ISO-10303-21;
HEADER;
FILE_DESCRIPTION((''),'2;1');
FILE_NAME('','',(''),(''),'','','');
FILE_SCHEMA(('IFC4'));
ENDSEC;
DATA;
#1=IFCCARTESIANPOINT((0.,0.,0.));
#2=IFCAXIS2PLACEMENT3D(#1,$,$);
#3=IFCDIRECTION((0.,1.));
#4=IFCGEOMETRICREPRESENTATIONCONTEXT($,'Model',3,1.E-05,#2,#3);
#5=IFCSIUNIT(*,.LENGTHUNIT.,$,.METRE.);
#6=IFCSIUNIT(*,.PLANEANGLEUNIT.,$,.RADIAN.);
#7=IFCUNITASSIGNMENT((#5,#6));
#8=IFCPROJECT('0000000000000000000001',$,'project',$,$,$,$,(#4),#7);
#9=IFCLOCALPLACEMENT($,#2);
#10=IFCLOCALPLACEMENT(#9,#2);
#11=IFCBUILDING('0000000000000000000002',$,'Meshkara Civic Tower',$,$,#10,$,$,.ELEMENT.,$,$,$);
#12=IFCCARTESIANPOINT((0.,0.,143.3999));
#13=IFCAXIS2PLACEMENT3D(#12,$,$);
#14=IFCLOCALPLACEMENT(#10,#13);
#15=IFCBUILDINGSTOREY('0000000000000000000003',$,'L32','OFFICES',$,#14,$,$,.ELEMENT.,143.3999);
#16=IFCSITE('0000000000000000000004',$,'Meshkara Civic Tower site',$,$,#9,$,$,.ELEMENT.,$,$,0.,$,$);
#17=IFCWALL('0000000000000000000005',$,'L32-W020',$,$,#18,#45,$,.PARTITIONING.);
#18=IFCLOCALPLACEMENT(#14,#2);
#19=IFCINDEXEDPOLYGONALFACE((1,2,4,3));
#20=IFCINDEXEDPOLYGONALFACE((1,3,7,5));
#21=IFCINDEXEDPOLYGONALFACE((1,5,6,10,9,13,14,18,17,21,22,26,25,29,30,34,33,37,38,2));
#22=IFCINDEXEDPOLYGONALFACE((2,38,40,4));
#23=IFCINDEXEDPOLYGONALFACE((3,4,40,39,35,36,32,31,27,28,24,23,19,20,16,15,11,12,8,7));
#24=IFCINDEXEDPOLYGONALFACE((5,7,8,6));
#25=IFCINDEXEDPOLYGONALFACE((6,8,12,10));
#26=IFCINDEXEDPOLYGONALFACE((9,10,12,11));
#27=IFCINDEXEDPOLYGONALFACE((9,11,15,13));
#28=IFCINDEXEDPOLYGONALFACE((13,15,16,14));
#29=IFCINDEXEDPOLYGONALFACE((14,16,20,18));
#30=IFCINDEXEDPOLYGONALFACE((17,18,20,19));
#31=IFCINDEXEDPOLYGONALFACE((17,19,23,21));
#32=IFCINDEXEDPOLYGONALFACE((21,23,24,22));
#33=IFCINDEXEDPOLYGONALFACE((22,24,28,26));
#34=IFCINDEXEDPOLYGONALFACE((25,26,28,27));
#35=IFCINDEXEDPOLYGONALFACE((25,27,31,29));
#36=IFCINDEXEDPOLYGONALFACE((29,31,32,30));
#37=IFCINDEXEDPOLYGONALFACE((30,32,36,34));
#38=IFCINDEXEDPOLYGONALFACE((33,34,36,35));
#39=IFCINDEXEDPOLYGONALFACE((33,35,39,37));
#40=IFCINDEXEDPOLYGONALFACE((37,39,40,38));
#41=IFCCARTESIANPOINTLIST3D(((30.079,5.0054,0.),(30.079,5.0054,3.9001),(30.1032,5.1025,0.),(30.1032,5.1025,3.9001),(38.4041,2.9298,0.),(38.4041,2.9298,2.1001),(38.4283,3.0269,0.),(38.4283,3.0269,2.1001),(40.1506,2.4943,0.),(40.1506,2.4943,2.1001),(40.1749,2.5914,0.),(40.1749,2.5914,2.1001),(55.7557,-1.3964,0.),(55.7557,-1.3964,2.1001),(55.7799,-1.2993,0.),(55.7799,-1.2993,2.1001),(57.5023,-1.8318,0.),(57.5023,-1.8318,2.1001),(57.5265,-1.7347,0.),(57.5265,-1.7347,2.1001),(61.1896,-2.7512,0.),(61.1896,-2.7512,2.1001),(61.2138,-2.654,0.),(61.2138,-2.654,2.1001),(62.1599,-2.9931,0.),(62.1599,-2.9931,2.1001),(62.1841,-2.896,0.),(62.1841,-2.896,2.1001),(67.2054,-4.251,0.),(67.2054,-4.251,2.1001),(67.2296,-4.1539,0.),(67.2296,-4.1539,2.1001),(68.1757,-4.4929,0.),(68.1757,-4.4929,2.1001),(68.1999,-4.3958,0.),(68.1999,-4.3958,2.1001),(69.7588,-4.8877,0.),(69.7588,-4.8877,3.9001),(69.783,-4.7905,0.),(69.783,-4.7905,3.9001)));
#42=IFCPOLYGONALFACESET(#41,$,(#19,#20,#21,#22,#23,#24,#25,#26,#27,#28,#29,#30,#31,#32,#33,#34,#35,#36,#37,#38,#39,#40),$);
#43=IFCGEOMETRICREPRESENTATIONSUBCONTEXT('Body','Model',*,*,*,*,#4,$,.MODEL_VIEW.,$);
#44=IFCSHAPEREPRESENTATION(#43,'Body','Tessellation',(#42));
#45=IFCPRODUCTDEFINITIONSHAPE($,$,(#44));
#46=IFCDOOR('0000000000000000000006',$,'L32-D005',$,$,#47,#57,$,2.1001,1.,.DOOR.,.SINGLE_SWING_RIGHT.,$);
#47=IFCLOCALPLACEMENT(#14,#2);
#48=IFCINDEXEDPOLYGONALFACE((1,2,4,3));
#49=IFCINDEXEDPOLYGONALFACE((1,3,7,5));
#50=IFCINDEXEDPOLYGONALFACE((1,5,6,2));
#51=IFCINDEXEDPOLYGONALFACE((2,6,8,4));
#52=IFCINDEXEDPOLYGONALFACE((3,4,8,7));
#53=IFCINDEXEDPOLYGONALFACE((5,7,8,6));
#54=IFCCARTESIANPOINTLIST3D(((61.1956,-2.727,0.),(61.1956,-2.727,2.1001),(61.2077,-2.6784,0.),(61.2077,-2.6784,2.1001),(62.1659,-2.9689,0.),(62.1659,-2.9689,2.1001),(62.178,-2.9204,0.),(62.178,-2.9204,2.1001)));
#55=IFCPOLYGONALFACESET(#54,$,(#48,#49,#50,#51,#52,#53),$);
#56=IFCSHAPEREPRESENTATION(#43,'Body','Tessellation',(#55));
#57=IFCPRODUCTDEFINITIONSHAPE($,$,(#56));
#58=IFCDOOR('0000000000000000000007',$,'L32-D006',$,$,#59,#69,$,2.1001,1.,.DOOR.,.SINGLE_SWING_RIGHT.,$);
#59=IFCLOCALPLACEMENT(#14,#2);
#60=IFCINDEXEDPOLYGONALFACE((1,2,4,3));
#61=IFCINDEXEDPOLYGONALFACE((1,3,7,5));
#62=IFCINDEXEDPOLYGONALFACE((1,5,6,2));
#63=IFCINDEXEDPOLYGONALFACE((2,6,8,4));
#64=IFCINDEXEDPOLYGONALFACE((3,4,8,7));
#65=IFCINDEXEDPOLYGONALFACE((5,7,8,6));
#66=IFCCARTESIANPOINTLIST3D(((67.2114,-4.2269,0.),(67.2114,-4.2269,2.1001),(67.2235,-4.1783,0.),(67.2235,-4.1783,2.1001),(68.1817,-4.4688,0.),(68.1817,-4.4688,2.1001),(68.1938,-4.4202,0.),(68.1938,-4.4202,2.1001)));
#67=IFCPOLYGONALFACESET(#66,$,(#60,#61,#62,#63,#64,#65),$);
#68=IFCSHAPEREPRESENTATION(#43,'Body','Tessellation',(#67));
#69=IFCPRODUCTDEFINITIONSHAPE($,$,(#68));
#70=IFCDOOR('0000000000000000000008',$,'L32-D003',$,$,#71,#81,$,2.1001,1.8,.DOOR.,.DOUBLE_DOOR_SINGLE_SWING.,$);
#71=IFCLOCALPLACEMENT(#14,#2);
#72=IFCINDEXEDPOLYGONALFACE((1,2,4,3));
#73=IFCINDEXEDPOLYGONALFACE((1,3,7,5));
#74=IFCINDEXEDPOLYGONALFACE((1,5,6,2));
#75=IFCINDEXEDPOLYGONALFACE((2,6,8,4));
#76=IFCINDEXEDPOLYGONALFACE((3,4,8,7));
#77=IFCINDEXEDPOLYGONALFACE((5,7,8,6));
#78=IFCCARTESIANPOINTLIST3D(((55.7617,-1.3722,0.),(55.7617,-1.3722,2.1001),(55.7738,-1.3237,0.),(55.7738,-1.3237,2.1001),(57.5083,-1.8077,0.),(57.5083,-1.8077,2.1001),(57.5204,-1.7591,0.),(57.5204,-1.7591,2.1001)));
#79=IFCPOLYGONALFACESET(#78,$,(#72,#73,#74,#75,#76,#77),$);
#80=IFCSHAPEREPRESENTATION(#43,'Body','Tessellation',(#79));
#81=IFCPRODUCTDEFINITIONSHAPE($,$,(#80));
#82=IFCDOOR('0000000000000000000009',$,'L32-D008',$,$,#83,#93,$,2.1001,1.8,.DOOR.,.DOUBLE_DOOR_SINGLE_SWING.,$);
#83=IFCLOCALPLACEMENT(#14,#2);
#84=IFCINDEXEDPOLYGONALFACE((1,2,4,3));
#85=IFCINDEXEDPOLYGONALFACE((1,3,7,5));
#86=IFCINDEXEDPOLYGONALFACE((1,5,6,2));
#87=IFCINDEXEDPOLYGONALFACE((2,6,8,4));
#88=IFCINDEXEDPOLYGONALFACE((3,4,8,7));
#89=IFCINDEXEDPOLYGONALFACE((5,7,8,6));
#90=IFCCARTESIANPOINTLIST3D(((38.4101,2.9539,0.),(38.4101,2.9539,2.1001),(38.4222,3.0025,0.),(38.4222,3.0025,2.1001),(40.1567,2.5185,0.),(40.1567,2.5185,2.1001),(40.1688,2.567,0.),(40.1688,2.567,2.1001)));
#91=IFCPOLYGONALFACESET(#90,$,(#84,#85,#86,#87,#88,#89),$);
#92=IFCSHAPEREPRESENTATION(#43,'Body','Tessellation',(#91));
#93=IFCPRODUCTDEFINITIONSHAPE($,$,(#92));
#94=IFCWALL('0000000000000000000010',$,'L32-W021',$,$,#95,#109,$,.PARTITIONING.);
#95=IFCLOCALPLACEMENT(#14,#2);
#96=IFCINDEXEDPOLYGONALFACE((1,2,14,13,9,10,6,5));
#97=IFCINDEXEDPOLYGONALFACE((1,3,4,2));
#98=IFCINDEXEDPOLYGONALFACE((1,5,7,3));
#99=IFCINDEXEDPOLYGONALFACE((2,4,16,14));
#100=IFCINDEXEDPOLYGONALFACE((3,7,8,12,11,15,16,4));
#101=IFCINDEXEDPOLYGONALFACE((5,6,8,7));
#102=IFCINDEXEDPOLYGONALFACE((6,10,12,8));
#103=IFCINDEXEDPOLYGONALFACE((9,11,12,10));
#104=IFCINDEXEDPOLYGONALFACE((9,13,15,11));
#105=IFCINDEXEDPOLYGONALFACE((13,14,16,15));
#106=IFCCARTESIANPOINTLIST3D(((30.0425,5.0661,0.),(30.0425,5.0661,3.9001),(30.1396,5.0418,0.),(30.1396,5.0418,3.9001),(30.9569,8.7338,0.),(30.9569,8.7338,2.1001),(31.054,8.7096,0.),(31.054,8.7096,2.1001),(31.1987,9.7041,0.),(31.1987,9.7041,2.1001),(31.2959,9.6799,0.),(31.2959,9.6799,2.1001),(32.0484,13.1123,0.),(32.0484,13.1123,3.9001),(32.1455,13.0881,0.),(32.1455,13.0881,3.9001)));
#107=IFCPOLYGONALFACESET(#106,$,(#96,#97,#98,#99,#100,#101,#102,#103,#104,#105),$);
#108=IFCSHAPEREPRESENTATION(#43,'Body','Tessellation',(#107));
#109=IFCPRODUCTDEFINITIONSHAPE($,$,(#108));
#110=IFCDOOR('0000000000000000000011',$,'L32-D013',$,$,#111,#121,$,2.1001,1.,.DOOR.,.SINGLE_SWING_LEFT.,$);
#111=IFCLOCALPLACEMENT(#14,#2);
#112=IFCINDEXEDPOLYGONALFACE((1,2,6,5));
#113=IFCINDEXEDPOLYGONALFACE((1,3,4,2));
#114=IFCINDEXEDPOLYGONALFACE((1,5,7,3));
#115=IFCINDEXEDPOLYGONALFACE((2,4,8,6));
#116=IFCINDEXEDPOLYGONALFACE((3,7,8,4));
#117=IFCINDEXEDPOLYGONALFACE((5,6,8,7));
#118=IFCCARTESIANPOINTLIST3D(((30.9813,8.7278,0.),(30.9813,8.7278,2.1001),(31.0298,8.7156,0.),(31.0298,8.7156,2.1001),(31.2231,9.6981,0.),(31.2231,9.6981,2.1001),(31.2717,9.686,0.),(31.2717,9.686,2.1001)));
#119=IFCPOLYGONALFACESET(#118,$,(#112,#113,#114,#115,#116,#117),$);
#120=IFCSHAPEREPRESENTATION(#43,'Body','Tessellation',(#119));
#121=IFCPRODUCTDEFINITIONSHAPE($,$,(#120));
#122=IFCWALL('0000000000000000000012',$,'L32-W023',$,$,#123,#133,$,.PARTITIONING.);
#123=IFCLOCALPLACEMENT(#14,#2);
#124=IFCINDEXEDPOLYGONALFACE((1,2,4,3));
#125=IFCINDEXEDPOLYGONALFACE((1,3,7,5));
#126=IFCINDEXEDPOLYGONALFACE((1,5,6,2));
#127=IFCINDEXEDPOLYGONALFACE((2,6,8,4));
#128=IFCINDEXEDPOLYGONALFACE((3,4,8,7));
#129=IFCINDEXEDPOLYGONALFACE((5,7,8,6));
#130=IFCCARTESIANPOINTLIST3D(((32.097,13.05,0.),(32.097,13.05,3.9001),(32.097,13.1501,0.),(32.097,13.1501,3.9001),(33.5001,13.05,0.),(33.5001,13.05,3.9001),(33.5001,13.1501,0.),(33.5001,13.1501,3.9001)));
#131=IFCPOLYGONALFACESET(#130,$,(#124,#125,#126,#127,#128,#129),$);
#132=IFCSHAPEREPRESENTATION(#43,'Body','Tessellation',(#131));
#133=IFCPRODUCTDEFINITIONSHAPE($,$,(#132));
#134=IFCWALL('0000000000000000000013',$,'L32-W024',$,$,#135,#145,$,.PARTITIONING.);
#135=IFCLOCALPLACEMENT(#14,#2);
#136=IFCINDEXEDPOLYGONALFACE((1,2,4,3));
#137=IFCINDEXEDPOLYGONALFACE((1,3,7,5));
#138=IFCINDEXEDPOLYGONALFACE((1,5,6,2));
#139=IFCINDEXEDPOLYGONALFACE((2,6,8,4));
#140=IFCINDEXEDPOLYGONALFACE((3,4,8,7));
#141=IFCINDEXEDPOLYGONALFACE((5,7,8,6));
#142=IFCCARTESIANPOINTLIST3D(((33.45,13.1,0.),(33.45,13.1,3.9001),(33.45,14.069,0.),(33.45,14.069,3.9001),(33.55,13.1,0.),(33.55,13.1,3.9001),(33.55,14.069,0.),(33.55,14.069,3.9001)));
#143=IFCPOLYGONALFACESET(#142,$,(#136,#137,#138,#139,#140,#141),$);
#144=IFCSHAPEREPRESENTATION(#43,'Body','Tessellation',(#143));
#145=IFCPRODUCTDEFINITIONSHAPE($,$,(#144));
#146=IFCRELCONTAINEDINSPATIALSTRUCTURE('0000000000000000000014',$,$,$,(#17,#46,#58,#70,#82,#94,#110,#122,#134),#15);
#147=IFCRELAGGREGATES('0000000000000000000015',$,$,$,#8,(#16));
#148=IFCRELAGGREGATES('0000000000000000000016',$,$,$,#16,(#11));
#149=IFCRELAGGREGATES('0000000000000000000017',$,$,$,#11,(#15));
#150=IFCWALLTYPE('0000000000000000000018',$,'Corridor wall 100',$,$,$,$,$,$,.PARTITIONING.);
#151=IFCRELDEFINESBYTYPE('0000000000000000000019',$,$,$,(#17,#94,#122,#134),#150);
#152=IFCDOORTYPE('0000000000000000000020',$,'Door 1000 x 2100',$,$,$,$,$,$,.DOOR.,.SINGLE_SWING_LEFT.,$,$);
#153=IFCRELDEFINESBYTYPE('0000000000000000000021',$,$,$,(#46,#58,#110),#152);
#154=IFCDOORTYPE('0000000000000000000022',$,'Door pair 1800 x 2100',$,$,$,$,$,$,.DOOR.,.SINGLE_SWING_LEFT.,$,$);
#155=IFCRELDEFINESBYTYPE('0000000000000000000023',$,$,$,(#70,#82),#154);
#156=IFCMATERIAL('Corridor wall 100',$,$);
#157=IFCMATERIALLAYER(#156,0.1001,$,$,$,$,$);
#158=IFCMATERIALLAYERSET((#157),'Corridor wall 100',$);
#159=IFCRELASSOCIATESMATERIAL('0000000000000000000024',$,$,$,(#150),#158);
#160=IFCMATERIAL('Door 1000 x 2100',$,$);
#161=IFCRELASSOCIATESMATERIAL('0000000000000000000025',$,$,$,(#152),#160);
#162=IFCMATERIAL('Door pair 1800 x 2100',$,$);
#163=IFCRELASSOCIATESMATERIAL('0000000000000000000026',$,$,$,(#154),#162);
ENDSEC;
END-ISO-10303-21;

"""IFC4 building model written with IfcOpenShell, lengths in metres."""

from ifc_helpers import new_model, si_unit, direction, frame, frame_2d, origin, place, context, subcontext, project, spatial, rectangle, extrude, material, layer, layer_set, type_object, element, fill, save


model = new_model("IFC4")

# Units and contexts
model_context = context("Model", 3, precision=1e-05, world=origin(), true_north=direction((0.0, 1.0)))
body_context = subcontext(model_context, "Body", "Model", "MODEL_VIEW")
ifc_project = project(units=[si_unit("LENGTHUNIT", "METRE"), si_unit("PLANEANGLEUNIT", "RADIAN")], contexts=[model_context])

# Site, building, storey
site_placement = place(None, origin())
site = spatial("IfcSite", under=ifc_project, at=site_placement, Name="Meshkara Civic Tower site", CompositionType="ELEMENT", RefElevation=0.0)
building_placement = place(site_placement, origin())
building = spatial("IfcBuilding", under=site, at=building_placement, Name="Meshkara Civic Tower", CompositionType="ELEMENT")
storey_placement = place(building_placement, frame((0.0, 0.0, 143.3999)))
storey = spatial("IfcBuildingStorey", under=building, at=storey_placement, Name="L32", Description="OFFICES", CompositionType="ELEMENT", Elevation=143.3999)

# Wall, openings, doors
ifc_material_1 = material(Name="Corridor wall 100")
ifc_layer_1 = layer(ifc_material_1, 0.1001)
ifc_layer_set_1 = layer_set([ifc_layer_1], Name="Corridor wall 100")
wall_type_1 = type_object("IfcWallType", Name="Corridor wall 100", PredefinedType="PARTITIONING", material=ifc_layer_set_1)
wall_1_placement = place(storey_placement, frame((30.0911, 5.054, 0.0), z_axis=(0.0, 0.0, 1.0), x_axis=(0.970297, -0.241916, 0.0)))
wall_1 = element("IfcWall", 1, at=wall_1_placement, inside=storey, type_object=wall_type_1, Name="L32-W020", PredefinedType="PARTITIONING", context=body_context, shape_type="SweptSolid", body=[
    extrude(rectangle(XDim=40.8945, YDim=0.1001, at=frame_2d((20.4473, 0.0))), origin(), (0.0, 0.0, 1.0), 3.9001),
])
opening_1_placement = place(wall_1_placement, frame((26.4629, 0.0, 0.0)))
opening_1 = element("IfcOpeningElement", 2, at=opening_1_placement, cuts=wall_1, PredefinedType="OPENING", context=body_context, shape_type="SweptSolid", body=[
    extrude(rectangle(XDim=1.8, YDim=2.1001, at=frame_2d((0.8999, 1.05))), frame((0.0, 0.0601, 0.0), z_axis=(0.0, -1.0, 0.0), x_axis=(1.0, 0.0, 0.0)), (0.0, 0.0, 1.0), 0.1201),
])
opening_2_placement = place(wall_1_placement, frame((32.063, 0.0, 0.0)))
opening_2 = element("IfcOpeningElement", 3, at=opening_2_placement, cuts=wall_1, PredefinedType="OPENING", context=body_context, shape_type="SweptSolid", body=[
    extrude(rectangle(XDim=1.0, YDim=2.1001, at=frame_2d((0.5, 1.05))), frame((0.0, 0.0601, 0.0), z_axis=(0.0, -1.0, 0.0), x_axis=(1.0, 0.0, 0.0)), (0.0, 0.0, 1.0), 0.1201),
])
opening_3_placement = place(wall_1_placement, frame((38.2629, 0.0, 0.0)))
opening_3 = element("IfcOpeningElement", 4, at=opening_3_placement, cuts=wall_1, PredefinedType="OPENING", context=body_context, shape_type="SweptSolid", body=[
    extrude(rectangle(XDim=1.0, YDim=2.1001, at=frame_2d((0.5, 1.05))), frame((0.0, 0.0601, 0.0), z_axis=(0.0, -1.0, 0.0), x_axis=(1.0, 0.0, 0.0)), (0.0, 0.0, 1.0), 0.1201),
])
opening_4_placement = place(wall_1_placement, frame((8.5801, 0.0, 0.0)))
opening_4 = element("IfcOpeningElement", 5, at=opening_4_placement, cuts=wall_1, PredefinedType="OPENING", context=body_context, shape_type="SweptSolid", body=[
    extrude(rectangle(XDim=1.8, YDim=2.1001, at=frame_2d((0.8999, 1.05))), frame((0.0, 0.0601, 0.0), z_axis=(0.0, -1.0, 0.0), x_axis=(1.0, 0.0, 0.0)), (0.0, 0.0, 1.0), 0.1201),
])
ifc_material_2 = material(Name="Door 1000 x 2100")
door_type_1 = type_object("IfcDoorType", Name="Door 1000 x 2100", OperationType="SINGLE_SWING_LEFT", PredefinedType="DOOR", material=ifc_material_2)
door_1_placement = place(opening_2_placement, origin())
door_1 = element("IfcDoor", 6, at=door_1_placement, inside=storey, type_object=door_type_1, Name="L32-D005", OperationType="SINGLE_SWING_RIGHT", OverallHeight=2.1001, OverallWidth=1.0, PredefinedType="DOOR", context=body_context, shape_type="SweptSolid", body=[
    extrude(rectangle(XDim=1.0, YDim=2.1001, at=frame_2d((0.5, 1.05))), frame((0.0, 0.0249, 0.0), z_axis=(0.0, -1.0, 0.0), x_axis=(1.0, 0.0, 0.0)), (0.0, 0.0, 1.0), 0.05),
])
fill(opening_2, door_1)
door_2_placement = place(opening_3_placement, origin())
door_2 = element("IfcDoor", 7, at=door_2_placement, inside=storey, type_object=door_type_1, Name="L32-D006", OperationType="SINGLE_SWING_RIGHT", OverallHeight=2.1001, OverallWidth=1.0, PredefinedType="DOOR", context=body_context, shape_type="SweptSolid", body=[
    extrude(rectangle(XDim=1.0, YDim=2.1001, at=frame_2d((0.5, 1.05))), frame((0.0, 0.0249, 0.0), z_axis=(0.0, -1.0, 0.0), x_axis=(1.0, 0.0, 0.0)), (0.0, 0.0, 1.0), 0.05),
])
fill(opening_3, door_2)
ifc_material_3 = material(Name="Door pair 1800 x 2100")
door_type_2 = type_object("IfcDoorType", Name="Door pair 1800 x 2100", OperationType="SINGLE_SWING_LEFT", PredefinedType="DOOR", material=ifc_material_3)
door_3_placement = place(opening_1_placement, origin())
door_3 = element("IfcDoor", 8, at=door_3_placement, inside=storey, type_object=door_type_2, Name="L32-D003", OperationType="DOUBLE_DOOR_SINGLE_SWING", OverallHeight=2.1001, OverallWidth=1.8, PredefinedType="DOOR", context=body_context, shape_type="SweptSolid", body=[
    extrude(rectangle(XDim=1.8, YDim=2.1001, at=frame_2d((0.8999, 1.05))), frame((0.0, 0.0249, 0.0), z_axis=(0.0, -1.0, 0.0), x_axis=(1.0, 0.0, 0.0)), (0.0, 0.0, 1.0), 0.05),
])
fill(opening_1, door_3)
door_4_placement = place(opening_4_placement, origin())
door_4 = element("IfcDoor", 9, at=door_4_placement, inside=storey, type_object=door_type_2, Name="L32-D008", OperationType="DOUBLE_DOOR_SINGLE_SWING", OverallHeight=2.1001, OverallWidth=1.8, PredefinedType="DOOR", context=body_context, shape_type="SweptSolid", body=[
    extrude(rectangle(XDim=1.8, YDim=2.1001, at=frame_2d((0.8999, 1.05))), frame((0.0, 0.0249, 0.0), z_axis=(0.0, -1.0, 0.0), x_axis=(1.0, 0.0, 0.0)), (0.0, 0.0, 1.0), 0.05),
])
fill(opening_4, door_4)

# Wall, opening, door
wall_2_placement = place(storey_placement, frame((30.0911, 5.054, 0.0), z_axis=(0.0, 0.0, 1.0), x_axis=(0.241891, 0.970303, 0.0)))
wall_2 = element("IfcWall", 10, at=wall_2_placement, inside=storey, type_object=wall_type_1, Name="L32-W021", PredefinedType="PARTITIONING", context=body_context, shape_type="SweptSolid", body=[
    extrude(rectangle(XDim=8.2925, YDim=0.1001, at=frame_2d((4.1462, 0.0))), origin(), (0.0, 0.0, 1.0), 3.9001),
])
opening_5_placement = place(wall_2_placement, frame((3.78, 0.0, 0.0)))
opening_5 = element("IfcOpeningElement", 11, at=opening_5_placement, cuts=wall_2, PredefinedType="OPENING", context=body_context, shape_type="SweptSolid", body=[
    extrude(rectangle(XDim=1.0, YDim=2.1001, at=frame_2d((0.5, 1.05))), frame((0.0, 0.0601, 0.0), z_axis=(0.0, -1.0, 0.0), x_axis=(1.0, 0.0, 0.0)), (0.0, 0.0, 1.0), 0.1201),
])
door_5_placement = place(opening_5_placement, origin())
door_5 = element("IfcDoor", 12, at=door_5_placement, inside=storey, type_object=door_type_1, Name="L32-D013", OperationType="SINGLE_SWING_LEFT", OverallHeight=2.1001, OverallWidth=1.0, PredefinedType="DOOR", context=body_context, shape_type="SweptSolid", body=[
    extrude(rectangle(XDim=1.0, YDim=2.1001, at=frame_2d((0.5, 1.05))), frame((0.0, 0.0249, 0.0), z_axis=(0.0, -1.0, 0.0), x_axis=(1.0, 0.0, 0.0)), (0.0, 0.0, 1.0), 0.05),
])
fill(opening_5, door_5)

# Walls
wall_3_placement = place(storey_placement, frame((32.0969, 13.1001, 0.0), z_axis=(0.0, 0.0, 1.0), x_axis=(1.0, 0.0, 0.0)))
element("IfcWall", 13, at=wall_3_placement, inside=storey, type_object=wall_type_1, Name="L32-W023", PredefinedType="PARTITIONING", context=body_context, shape_type="SweptSolid", body=[
    extrude(rectangle(XDim=1.4031, YDim=0.1001, at=frame_2d((0.7017, 0.0))), origin(), (0.0, 0.0, 1.0), 3.9001),
])
wall_4_placement = place(storey_placement, frame((33.5, 13.1001, 0.0), z_axis=(0.0, 0.0, 1.0), x_axis=(0.0, 1.0, 0.0)))
element("IfcWall", 14, at=wall_4_placement, inside=storey, type_object=wall_type_1, Name="L32-W024", PredefinedType="PARTITIONING", context=body_context, shape_type="SweptSolid", body=[
    extrude(rectangle(XDim=0.969, YDim=0.1001, at=frame_2d((0.4844, 0.0))), origin(), (0.0, 0.0, 1.0), 3.9001),
])

save(model, "model.ifc")
